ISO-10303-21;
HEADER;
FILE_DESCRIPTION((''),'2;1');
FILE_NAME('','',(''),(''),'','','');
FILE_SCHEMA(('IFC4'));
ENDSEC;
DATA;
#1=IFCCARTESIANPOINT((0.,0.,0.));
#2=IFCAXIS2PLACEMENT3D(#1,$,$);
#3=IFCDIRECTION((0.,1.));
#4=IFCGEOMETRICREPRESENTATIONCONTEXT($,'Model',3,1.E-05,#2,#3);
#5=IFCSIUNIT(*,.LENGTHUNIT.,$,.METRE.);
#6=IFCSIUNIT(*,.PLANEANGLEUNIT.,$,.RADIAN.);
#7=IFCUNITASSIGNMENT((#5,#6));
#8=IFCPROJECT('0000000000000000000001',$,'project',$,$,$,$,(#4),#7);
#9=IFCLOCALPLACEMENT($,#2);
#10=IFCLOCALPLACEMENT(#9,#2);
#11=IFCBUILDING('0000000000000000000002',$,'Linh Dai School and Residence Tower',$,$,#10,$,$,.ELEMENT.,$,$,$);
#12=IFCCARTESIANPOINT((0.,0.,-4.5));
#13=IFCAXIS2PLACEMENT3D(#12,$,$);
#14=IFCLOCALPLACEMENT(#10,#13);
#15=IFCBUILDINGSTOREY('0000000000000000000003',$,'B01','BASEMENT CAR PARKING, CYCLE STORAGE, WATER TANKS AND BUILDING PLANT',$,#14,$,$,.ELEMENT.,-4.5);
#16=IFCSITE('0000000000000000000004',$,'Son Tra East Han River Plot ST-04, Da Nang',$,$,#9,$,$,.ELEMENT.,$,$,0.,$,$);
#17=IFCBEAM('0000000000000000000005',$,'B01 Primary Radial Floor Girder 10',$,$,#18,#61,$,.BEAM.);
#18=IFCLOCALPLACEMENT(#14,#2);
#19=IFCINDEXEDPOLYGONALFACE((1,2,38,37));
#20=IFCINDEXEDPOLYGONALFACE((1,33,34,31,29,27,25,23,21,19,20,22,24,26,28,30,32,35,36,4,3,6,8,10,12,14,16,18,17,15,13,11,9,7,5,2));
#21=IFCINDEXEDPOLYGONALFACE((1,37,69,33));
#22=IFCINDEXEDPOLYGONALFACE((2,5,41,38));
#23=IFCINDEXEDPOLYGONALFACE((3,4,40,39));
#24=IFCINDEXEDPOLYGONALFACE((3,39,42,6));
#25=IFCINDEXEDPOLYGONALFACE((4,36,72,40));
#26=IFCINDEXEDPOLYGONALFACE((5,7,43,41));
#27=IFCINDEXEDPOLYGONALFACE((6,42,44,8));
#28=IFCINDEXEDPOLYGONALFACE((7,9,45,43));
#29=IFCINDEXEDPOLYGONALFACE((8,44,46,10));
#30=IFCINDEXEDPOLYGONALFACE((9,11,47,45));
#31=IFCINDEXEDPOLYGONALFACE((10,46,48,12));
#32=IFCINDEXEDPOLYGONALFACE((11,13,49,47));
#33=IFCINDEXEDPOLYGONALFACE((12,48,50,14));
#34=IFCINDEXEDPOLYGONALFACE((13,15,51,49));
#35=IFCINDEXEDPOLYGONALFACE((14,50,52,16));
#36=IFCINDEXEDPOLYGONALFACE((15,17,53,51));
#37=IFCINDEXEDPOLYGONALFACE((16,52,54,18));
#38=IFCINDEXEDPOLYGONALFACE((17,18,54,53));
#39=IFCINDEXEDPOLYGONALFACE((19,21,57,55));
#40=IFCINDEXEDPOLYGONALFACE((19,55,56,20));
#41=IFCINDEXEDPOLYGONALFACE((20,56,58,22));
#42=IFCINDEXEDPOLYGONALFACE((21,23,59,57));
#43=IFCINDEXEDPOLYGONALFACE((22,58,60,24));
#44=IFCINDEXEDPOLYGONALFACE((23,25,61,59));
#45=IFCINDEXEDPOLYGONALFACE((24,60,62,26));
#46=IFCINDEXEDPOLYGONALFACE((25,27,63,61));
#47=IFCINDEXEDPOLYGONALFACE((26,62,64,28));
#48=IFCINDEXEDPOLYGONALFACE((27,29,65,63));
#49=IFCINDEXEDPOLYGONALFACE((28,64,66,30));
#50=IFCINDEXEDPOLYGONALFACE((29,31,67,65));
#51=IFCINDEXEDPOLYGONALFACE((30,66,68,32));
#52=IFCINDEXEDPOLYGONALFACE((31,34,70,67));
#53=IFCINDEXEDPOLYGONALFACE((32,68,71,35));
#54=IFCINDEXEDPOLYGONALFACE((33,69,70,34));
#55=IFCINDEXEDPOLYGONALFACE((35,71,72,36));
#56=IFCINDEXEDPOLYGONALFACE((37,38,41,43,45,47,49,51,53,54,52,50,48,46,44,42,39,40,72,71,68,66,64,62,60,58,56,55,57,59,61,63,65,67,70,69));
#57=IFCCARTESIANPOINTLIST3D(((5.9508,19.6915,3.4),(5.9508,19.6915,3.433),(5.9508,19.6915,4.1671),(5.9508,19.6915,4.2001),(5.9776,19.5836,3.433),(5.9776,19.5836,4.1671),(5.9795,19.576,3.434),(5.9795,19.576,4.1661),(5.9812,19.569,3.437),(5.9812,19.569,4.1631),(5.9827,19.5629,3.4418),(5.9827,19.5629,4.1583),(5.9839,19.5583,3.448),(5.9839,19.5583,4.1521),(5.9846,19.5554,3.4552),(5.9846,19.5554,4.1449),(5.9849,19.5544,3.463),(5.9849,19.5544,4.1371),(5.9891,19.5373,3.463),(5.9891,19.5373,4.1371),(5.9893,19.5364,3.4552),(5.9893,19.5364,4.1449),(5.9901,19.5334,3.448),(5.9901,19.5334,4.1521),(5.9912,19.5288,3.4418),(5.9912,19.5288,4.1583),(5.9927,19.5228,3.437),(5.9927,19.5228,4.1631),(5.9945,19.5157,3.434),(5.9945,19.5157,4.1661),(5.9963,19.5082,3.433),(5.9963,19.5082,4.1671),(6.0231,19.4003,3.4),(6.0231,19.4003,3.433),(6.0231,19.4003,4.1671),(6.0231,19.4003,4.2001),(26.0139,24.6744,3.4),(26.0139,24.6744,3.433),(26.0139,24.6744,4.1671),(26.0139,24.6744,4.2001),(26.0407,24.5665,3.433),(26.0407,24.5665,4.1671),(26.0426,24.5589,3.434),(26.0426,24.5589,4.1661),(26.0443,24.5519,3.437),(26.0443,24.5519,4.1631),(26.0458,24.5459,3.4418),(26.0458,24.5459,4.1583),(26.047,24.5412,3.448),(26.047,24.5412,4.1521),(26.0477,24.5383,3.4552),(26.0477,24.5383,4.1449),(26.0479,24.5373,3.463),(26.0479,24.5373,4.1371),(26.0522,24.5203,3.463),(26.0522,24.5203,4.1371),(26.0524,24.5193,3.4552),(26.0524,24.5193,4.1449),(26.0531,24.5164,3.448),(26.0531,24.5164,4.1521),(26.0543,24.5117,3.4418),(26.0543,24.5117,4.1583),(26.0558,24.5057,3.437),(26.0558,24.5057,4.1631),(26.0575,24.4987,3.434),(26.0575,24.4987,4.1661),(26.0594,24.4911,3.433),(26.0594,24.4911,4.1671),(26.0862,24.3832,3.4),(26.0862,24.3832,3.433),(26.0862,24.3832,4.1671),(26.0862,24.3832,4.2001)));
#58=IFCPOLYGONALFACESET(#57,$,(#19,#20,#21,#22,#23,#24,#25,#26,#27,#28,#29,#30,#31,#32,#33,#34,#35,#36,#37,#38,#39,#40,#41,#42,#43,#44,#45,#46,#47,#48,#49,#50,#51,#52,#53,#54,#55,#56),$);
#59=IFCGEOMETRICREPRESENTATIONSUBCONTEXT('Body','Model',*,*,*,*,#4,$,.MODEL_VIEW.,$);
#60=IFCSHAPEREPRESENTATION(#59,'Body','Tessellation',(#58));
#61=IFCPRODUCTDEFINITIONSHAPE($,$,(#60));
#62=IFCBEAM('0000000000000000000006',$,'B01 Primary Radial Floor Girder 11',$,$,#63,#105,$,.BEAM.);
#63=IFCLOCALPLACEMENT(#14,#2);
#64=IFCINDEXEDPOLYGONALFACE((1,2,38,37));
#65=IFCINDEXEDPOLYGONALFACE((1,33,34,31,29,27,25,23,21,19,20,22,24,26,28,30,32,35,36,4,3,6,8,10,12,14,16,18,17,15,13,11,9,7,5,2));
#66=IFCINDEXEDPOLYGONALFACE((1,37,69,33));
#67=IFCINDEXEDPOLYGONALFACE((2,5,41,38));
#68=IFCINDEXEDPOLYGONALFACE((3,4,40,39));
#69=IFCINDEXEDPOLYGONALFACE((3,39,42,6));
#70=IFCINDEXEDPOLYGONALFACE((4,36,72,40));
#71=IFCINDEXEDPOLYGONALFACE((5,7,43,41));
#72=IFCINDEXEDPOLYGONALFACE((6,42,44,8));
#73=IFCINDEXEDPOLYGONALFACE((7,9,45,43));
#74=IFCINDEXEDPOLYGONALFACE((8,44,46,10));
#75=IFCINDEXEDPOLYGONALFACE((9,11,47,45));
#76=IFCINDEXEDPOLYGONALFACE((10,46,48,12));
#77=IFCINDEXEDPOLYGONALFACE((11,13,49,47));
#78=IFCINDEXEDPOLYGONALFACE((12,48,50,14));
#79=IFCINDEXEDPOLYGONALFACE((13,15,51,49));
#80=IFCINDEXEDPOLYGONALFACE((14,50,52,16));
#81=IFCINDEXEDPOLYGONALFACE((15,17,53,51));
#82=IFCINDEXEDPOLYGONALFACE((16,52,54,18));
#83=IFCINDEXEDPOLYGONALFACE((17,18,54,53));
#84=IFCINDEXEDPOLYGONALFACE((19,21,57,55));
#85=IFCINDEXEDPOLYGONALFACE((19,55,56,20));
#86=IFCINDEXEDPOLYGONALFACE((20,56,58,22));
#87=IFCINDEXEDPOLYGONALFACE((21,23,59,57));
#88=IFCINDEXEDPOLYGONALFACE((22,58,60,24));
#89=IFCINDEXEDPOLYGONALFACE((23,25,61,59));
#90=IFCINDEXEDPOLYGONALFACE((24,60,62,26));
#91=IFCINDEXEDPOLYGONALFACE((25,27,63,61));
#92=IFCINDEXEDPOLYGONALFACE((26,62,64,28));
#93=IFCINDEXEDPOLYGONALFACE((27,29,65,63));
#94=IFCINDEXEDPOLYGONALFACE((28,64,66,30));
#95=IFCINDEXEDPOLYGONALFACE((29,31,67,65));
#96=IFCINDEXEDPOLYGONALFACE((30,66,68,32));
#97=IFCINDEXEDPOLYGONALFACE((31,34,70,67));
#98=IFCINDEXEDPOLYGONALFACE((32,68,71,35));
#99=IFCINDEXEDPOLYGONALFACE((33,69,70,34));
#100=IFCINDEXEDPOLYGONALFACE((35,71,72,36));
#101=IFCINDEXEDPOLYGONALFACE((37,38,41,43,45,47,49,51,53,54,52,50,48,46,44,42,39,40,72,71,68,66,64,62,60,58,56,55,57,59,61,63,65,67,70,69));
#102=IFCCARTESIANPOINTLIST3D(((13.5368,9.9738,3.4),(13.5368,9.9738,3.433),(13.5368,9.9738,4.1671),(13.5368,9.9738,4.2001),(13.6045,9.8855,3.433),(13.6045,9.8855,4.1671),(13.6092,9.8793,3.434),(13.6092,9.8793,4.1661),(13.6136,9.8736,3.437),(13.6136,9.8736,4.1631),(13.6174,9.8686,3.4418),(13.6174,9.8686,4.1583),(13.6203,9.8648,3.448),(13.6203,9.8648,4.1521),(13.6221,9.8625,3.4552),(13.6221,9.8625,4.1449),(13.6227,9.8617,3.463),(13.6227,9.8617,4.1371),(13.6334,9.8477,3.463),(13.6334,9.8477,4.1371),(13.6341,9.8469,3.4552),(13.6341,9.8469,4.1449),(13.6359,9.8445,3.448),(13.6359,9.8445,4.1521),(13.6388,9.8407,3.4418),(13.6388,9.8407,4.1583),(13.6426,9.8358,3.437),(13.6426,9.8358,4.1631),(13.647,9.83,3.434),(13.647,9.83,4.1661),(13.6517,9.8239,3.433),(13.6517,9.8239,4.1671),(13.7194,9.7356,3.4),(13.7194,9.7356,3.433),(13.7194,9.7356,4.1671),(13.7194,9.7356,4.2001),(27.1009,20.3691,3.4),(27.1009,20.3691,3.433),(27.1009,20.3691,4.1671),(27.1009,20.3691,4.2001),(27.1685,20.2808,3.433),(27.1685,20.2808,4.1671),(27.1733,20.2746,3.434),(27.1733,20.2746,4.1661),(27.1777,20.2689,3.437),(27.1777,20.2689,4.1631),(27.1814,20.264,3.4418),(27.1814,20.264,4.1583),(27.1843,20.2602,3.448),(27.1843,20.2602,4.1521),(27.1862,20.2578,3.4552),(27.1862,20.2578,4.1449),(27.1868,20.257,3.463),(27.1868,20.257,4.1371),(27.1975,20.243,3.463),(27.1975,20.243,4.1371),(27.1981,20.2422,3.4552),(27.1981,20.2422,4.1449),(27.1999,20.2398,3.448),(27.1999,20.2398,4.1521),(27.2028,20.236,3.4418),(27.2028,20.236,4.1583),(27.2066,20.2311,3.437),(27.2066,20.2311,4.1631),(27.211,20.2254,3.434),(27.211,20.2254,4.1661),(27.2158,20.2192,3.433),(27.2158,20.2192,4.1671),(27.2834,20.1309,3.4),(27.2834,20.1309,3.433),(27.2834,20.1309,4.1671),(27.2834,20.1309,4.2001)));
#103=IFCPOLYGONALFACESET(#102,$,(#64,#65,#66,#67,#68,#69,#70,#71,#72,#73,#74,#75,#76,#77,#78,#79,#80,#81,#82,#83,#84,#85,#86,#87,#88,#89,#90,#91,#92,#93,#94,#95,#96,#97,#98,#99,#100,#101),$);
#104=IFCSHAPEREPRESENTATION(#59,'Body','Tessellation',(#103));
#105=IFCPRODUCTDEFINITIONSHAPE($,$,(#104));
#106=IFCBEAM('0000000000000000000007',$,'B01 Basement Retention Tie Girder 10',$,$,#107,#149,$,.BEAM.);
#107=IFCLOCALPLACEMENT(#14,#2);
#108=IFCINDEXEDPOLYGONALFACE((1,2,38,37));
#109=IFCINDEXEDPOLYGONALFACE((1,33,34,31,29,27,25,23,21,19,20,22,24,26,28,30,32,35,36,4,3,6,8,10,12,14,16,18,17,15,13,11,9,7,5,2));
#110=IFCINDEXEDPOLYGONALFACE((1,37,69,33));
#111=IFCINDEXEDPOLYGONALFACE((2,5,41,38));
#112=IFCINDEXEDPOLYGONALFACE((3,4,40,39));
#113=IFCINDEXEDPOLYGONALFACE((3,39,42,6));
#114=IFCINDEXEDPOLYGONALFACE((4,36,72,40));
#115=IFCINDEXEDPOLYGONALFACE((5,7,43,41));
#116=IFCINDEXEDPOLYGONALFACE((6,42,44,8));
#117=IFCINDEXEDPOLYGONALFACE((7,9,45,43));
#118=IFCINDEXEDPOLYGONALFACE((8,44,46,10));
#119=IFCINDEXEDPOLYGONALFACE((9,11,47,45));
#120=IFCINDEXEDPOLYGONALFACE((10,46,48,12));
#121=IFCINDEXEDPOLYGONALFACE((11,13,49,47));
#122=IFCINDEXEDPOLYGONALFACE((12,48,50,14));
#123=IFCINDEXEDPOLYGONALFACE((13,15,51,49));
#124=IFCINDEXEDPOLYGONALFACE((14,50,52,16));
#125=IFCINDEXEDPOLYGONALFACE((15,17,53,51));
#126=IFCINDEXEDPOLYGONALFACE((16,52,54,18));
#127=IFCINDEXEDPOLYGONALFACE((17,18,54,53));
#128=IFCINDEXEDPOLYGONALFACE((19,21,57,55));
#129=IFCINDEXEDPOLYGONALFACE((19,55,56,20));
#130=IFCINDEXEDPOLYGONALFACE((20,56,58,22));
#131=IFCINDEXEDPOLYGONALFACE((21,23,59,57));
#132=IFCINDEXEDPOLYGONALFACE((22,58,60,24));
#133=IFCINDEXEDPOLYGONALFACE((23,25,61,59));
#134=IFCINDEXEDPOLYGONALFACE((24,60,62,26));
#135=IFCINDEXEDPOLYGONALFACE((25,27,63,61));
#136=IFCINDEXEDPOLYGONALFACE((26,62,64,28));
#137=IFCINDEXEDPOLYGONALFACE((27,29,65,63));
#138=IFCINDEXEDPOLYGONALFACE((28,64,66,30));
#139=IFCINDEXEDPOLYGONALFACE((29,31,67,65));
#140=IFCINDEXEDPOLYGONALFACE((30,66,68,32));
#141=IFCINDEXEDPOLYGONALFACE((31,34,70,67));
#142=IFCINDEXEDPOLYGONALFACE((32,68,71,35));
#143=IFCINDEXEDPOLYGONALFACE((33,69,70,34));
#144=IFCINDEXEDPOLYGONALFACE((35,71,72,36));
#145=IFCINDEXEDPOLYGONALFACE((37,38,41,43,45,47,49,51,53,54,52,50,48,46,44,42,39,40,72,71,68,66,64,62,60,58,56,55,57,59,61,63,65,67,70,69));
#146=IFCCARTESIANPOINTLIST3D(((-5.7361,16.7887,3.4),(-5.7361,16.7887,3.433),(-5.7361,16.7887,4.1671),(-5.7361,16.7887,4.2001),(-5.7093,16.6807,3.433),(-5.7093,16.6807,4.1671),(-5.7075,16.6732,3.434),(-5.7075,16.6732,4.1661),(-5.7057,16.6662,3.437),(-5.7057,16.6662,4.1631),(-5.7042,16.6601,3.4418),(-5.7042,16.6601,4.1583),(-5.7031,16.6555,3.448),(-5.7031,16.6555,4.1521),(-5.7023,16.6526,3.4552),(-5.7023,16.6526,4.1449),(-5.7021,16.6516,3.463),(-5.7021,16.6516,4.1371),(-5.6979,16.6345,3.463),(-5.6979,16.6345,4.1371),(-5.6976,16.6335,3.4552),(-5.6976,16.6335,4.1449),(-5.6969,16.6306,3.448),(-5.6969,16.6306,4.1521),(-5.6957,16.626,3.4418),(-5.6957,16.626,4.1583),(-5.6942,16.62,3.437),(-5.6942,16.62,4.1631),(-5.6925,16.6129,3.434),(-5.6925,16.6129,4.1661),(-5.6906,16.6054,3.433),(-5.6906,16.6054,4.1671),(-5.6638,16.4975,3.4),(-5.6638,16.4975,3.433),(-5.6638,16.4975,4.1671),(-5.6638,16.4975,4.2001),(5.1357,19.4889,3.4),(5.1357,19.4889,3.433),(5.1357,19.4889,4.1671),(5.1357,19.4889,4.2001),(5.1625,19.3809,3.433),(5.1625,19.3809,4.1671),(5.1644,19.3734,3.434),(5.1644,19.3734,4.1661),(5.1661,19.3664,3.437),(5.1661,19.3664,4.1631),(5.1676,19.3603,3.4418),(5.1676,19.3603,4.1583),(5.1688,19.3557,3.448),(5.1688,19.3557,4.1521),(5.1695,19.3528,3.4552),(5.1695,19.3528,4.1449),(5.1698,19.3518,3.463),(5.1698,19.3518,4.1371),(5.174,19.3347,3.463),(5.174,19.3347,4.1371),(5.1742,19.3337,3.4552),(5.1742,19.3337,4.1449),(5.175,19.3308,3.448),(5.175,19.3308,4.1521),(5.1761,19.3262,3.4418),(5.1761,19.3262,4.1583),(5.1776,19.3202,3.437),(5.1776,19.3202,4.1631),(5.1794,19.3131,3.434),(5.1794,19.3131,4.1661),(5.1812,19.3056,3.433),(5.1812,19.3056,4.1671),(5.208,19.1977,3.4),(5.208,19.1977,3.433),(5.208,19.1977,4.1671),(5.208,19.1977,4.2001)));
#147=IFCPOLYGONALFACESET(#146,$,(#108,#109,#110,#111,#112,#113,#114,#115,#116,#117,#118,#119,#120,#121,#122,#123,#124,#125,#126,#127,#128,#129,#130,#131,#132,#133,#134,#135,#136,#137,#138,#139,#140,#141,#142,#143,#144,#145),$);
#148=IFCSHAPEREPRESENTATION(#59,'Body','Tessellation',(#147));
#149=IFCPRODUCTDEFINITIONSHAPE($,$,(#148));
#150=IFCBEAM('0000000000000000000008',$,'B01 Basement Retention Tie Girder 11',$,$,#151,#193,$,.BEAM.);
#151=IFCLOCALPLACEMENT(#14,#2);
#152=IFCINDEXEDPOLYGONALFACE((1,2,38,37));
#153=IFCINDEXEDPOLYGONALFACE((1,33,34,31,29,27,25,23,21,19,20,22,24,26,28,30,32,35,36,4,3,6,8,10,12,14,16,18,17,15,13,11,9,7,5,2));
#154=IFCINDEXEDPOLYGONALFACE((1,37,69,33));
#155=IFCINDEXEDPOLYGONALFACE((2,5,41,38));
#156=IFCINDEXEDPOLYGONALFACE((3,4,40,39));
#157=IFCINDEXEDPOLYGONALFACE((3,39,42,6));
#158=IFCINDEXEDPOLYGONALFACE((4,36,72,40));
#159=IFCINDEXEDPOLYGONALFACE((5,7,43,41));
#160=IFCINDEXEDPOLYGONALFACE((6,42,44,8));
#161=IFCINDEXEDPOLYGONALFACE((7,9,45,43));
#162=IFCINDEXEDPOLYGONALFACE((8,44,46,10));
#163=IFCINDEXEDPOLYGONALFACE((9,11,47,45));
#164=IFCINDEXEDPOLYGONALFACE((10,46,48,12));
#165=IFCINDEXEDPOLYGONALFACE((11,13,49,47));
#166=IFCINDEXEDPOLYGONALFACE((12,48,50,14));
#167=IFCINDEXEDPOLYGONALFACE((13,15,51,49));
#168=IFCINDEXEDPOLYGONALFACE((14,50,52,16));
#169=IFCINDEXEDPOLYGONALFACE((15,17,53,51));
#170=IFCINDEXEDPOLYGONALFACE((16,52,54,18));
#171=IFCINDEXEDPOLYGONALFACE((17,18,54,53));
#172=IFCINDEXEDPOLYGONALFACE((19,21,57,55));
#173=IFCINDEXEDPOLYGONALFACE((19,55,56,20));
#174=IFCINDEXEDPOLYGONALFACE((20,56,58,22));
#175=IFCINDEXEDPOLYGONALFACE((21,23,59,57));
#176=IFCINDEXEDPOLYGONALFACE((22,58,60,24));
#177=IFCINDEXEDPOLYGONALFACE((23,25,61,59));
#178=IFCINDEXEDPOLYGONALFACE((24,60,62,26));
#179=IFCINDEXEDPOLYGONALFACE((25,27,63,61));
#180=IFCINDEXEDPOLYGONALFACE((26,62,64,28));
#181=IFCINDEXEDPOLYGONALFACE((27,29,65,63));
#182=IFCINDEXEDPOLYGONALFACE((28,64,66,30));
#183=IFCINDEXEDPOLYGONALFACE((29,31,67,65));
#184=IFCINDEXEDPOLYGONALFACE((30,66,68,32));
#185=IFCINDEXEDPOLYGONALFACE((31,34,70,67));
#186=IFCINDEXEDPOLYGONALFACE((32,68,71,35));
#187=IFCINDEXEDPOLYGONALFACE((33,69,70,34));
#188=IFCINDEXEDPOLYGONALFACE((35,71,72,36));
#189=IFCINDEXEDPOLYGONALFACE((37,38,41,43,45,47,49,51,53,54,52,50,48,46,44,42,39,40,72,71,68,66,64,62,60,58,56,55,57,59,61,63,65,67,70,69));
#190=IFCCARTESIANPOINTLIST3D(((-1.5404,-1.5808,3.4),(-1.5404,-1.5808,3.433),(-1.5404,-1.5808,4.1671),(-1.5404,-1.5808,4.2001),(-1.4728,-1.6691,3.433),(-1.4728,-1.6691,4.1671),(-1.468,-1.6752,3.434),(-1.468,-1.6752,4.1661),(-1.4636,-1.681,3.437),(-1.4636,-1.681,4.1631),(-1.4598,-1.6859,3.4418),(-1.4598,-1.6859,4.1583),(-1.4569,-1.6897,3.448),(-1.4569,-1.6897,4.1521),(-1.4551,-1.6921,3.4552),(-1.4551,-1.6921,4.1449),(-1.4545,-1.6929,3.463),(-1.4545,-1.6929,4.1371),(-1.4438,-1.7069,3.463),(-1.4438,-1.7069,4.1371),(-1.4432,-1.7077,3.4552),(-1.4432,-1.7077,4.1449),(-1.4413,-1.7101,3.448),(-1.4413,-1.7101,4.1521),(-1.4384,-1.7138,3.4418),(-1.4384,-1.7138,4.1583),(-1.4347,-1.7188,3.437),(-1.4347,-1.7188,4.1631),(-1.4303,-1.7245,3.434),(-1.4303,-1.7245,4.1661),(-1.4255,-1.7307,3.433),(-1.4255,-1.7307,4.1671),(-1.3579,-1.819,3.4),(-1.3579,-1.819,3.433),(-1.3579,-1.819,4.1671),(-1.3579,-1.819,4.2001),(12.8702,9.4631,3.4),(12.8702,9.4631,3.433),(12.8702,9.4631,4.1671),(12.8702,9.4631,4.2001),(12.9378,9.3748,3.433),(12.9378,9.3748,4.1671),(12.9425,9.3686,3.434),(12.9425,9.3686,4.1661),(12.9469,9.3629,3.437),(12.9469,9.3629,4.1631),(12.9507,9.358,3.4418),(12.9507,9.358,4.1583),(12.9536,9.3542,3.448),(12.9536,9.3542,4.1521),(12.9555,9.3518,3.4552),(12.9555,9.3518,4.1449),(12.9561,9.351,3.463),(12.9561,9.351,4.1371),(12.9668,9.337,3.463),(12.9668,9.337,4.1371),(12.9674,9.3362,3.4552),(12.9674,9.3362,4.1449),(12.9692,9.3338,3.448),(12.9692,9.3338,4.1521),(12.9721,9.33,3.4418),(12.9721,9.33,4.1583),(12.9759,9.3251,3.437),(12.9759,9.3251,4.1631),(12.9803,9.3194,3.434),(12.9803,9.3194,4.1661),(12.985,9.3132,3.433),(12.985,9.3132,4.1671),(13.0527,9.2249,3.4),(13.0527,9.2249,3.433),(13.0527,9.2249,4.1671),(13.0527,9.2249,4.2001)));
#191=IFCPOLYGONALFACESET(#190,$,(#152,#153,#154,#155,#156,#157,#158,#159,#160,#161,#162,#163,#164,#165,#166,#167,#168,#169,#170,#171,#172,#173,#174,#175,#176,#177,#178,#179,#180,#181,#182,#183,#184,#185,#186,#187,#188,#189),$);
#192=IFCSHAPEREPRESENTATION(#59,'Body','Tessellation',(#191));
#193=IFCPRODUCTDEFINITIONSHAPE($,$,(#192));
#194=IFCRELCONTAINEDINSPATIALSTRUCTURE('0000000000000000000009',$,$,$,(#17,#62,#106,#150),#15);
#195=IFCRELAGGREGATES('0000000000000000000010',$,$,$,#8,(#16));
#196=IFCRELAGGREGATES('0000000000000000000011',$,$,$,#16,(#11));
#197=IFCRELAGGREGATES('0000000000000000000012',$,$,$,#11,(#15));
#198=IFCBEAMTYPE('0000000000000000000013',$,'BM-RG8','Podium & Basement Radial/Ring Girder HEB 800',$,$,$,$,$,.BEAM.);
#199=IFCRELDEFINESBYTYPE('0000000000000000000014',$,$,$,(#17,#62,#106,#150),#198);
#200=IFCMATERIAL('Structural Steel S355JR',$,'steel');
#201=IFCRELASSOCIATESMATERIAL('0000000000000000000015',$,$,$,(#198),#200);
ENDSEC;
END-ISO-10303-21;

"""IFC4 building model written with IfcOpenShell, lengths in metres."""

from ifc_helpers import new_model, si_unit, direction, frame, origin, origin_2d, place, context, subcontext, project, spatial, i_section, extrude, material, material_profile, profile_set, type_object, element, save


model = new_model("IFC4")

# Units and contexts
model_context = context("Model", 3, precision=1e-05, world=origin(), true_north=direction((0.0, 1.0)))
body_context = subcontext(model_context, "Body", "Model", "MODEL_VIEW")
ifc_project = project(units=[si_unit("LENGTHUNIT", "METRE"), si_unit("PLANEANGLEUNIT", "RADIAN")], contexts=[model_context])

# Site, building, storey
site_placement = place(None, origin())
site = spatial("IfcSite", under=ifc_project, at=site_placement, Name="Son Tra East Han River Plot ST-04, Da Nang", CompositionType="ELEMENT", RefElevation=0.0)
building_placement = place(site_placement, origin())
building = spatial("IfcBuilding", under=site, at=building_placement, Name="Linh Dai School and Residence Tower", CompositionType="ELEMENT")
storey_placement = place(building_placement, frame((0.0, 0.0, -4.5)))
storey = spatial("IfcBuildingStorey", under=building, at=storey_placement, Name="B01", Description="BASEMENT CAR PARKING, CYCLE STORAGE, WATER TANKS AND BUILDING PLANT", CompositionType="ELEMENT", Elevation=-4.5)

# Shared definitions
ifc_material_1 = material(Name="Structural Steel S355JR", Category="steel")

# Beams
ifc_material_profile_1 = material_profile(ifc_material_1, i_section(OverallWidth=0.3, OverallDepth=0.8, WebThickness=0.0176, FlangeThickness=0.033, FilletRadius=0.03, at=origin_2d()), Name="HEB 800")
ifc_profile_set_1 = profile_set([ifc_material_profile_1], Name="Structural Steel S355JR")
beam_type_1 = type_object("IfcBeamType", Name="BM-RG8", Description="Podium & Basement Radial/Ring Girder HEB 800", PredefinedType="BEAM", material=ifc_profile_set_1)
beam_1_placement = place(storey_placement, frame((26.05, 24.5288, 3.8), z_axis=(-0.970515, -0.24104, 0.0), x_axis=(0.24104, -0.970515, 0.0)))
element("IfcBeam", 1, at=beam_1_placement, inside=storey, type_object=beam_type_1, Name="B01 Primary Radial Floor Girder 10", PredefinedType="BEAM", context=body_context, shape_type="SweptSolid", body=[
    extrude(i_section(OverallWidth=0.3, OverallDepth=0.8, WebThickness=0.0176, FlangeThickness=0.033, FilletRadius=0.03, at=origin_2d()), origin(), (0.0, 0.0, 1.0), 20.6726),
])
beam_2_placement = place(storey_placement, frame((27.1921, 20.25, 3.8), z_axis=(-0.793713, -0.608292, 0.0), x_axis=(0.608292, -0.793713, 0.0)))
element("IfcBeam", 2, at=beam_2_placement, inside=storey, type_object=beam_type_1, Name="B01 Primary Radial Floor Girder 11", PredefinedType="BEAM", context=body_context, shape_type="SweptSolid", body=[
    extrude(i_section(OverallWidth=0.3, OverallDepth=0.8, WebThickness=0.0176, FlangeThickness=0.033, FilletRadius=0.03, at=origin_2d()), origin(), (0.0, 0.0, 1.0), 17.0894),
])
beam_3_placement = place(storey_placement, frame((5.1719, 19.3433, 3.8), z_axis=(-0.970514, -0.241043, 0.0), x_axis=(0.241043, -0.970514, 0.0)))
element("IfcBeam", 3, at=beam_3_placement, inside=storey, type_object=beam_type_1, Name="B01 Basement Retention Tie Girder 10", PredefinedType="BEAM", context=body_context, shape_type="SweptSolid", body=[
    extrude(i_section(OverallWidth=0.3, OverallDepth=0.8, WebThickness=0.0176, FlangeThickness=0.033, FilletRadius=0.03, at=origin_2d()), origin(), (0.0, 0.0, 1.0), 11.2021),
])
beam_4_placement = place(storey_placement, frame((12.9614, 9.344, 3.8), z_axis=(-0.793718, -0.608285, 0.0), x_axis=(0.608285, -0.793718, 0.0)))
element("IfcBeam", 4, at=beam_4_placement, inside=storey, type_object=beam_type_1, Name="B01 Basement Retention Tie Girder 11", PredefinedType="BEAM", context=body_context, shape_type="SweptSolid", body=[
    extrude(i_section(OverallWidth=0.3, OverallDepth=0.8, WebThickness=0.0176, FlangeThickness=0.033, FilletRadius=0.03, at=origin_2d()), origin(), (0.0, 0.0, 1.0), 18.1558),
])

save(model, "model.ifc")
